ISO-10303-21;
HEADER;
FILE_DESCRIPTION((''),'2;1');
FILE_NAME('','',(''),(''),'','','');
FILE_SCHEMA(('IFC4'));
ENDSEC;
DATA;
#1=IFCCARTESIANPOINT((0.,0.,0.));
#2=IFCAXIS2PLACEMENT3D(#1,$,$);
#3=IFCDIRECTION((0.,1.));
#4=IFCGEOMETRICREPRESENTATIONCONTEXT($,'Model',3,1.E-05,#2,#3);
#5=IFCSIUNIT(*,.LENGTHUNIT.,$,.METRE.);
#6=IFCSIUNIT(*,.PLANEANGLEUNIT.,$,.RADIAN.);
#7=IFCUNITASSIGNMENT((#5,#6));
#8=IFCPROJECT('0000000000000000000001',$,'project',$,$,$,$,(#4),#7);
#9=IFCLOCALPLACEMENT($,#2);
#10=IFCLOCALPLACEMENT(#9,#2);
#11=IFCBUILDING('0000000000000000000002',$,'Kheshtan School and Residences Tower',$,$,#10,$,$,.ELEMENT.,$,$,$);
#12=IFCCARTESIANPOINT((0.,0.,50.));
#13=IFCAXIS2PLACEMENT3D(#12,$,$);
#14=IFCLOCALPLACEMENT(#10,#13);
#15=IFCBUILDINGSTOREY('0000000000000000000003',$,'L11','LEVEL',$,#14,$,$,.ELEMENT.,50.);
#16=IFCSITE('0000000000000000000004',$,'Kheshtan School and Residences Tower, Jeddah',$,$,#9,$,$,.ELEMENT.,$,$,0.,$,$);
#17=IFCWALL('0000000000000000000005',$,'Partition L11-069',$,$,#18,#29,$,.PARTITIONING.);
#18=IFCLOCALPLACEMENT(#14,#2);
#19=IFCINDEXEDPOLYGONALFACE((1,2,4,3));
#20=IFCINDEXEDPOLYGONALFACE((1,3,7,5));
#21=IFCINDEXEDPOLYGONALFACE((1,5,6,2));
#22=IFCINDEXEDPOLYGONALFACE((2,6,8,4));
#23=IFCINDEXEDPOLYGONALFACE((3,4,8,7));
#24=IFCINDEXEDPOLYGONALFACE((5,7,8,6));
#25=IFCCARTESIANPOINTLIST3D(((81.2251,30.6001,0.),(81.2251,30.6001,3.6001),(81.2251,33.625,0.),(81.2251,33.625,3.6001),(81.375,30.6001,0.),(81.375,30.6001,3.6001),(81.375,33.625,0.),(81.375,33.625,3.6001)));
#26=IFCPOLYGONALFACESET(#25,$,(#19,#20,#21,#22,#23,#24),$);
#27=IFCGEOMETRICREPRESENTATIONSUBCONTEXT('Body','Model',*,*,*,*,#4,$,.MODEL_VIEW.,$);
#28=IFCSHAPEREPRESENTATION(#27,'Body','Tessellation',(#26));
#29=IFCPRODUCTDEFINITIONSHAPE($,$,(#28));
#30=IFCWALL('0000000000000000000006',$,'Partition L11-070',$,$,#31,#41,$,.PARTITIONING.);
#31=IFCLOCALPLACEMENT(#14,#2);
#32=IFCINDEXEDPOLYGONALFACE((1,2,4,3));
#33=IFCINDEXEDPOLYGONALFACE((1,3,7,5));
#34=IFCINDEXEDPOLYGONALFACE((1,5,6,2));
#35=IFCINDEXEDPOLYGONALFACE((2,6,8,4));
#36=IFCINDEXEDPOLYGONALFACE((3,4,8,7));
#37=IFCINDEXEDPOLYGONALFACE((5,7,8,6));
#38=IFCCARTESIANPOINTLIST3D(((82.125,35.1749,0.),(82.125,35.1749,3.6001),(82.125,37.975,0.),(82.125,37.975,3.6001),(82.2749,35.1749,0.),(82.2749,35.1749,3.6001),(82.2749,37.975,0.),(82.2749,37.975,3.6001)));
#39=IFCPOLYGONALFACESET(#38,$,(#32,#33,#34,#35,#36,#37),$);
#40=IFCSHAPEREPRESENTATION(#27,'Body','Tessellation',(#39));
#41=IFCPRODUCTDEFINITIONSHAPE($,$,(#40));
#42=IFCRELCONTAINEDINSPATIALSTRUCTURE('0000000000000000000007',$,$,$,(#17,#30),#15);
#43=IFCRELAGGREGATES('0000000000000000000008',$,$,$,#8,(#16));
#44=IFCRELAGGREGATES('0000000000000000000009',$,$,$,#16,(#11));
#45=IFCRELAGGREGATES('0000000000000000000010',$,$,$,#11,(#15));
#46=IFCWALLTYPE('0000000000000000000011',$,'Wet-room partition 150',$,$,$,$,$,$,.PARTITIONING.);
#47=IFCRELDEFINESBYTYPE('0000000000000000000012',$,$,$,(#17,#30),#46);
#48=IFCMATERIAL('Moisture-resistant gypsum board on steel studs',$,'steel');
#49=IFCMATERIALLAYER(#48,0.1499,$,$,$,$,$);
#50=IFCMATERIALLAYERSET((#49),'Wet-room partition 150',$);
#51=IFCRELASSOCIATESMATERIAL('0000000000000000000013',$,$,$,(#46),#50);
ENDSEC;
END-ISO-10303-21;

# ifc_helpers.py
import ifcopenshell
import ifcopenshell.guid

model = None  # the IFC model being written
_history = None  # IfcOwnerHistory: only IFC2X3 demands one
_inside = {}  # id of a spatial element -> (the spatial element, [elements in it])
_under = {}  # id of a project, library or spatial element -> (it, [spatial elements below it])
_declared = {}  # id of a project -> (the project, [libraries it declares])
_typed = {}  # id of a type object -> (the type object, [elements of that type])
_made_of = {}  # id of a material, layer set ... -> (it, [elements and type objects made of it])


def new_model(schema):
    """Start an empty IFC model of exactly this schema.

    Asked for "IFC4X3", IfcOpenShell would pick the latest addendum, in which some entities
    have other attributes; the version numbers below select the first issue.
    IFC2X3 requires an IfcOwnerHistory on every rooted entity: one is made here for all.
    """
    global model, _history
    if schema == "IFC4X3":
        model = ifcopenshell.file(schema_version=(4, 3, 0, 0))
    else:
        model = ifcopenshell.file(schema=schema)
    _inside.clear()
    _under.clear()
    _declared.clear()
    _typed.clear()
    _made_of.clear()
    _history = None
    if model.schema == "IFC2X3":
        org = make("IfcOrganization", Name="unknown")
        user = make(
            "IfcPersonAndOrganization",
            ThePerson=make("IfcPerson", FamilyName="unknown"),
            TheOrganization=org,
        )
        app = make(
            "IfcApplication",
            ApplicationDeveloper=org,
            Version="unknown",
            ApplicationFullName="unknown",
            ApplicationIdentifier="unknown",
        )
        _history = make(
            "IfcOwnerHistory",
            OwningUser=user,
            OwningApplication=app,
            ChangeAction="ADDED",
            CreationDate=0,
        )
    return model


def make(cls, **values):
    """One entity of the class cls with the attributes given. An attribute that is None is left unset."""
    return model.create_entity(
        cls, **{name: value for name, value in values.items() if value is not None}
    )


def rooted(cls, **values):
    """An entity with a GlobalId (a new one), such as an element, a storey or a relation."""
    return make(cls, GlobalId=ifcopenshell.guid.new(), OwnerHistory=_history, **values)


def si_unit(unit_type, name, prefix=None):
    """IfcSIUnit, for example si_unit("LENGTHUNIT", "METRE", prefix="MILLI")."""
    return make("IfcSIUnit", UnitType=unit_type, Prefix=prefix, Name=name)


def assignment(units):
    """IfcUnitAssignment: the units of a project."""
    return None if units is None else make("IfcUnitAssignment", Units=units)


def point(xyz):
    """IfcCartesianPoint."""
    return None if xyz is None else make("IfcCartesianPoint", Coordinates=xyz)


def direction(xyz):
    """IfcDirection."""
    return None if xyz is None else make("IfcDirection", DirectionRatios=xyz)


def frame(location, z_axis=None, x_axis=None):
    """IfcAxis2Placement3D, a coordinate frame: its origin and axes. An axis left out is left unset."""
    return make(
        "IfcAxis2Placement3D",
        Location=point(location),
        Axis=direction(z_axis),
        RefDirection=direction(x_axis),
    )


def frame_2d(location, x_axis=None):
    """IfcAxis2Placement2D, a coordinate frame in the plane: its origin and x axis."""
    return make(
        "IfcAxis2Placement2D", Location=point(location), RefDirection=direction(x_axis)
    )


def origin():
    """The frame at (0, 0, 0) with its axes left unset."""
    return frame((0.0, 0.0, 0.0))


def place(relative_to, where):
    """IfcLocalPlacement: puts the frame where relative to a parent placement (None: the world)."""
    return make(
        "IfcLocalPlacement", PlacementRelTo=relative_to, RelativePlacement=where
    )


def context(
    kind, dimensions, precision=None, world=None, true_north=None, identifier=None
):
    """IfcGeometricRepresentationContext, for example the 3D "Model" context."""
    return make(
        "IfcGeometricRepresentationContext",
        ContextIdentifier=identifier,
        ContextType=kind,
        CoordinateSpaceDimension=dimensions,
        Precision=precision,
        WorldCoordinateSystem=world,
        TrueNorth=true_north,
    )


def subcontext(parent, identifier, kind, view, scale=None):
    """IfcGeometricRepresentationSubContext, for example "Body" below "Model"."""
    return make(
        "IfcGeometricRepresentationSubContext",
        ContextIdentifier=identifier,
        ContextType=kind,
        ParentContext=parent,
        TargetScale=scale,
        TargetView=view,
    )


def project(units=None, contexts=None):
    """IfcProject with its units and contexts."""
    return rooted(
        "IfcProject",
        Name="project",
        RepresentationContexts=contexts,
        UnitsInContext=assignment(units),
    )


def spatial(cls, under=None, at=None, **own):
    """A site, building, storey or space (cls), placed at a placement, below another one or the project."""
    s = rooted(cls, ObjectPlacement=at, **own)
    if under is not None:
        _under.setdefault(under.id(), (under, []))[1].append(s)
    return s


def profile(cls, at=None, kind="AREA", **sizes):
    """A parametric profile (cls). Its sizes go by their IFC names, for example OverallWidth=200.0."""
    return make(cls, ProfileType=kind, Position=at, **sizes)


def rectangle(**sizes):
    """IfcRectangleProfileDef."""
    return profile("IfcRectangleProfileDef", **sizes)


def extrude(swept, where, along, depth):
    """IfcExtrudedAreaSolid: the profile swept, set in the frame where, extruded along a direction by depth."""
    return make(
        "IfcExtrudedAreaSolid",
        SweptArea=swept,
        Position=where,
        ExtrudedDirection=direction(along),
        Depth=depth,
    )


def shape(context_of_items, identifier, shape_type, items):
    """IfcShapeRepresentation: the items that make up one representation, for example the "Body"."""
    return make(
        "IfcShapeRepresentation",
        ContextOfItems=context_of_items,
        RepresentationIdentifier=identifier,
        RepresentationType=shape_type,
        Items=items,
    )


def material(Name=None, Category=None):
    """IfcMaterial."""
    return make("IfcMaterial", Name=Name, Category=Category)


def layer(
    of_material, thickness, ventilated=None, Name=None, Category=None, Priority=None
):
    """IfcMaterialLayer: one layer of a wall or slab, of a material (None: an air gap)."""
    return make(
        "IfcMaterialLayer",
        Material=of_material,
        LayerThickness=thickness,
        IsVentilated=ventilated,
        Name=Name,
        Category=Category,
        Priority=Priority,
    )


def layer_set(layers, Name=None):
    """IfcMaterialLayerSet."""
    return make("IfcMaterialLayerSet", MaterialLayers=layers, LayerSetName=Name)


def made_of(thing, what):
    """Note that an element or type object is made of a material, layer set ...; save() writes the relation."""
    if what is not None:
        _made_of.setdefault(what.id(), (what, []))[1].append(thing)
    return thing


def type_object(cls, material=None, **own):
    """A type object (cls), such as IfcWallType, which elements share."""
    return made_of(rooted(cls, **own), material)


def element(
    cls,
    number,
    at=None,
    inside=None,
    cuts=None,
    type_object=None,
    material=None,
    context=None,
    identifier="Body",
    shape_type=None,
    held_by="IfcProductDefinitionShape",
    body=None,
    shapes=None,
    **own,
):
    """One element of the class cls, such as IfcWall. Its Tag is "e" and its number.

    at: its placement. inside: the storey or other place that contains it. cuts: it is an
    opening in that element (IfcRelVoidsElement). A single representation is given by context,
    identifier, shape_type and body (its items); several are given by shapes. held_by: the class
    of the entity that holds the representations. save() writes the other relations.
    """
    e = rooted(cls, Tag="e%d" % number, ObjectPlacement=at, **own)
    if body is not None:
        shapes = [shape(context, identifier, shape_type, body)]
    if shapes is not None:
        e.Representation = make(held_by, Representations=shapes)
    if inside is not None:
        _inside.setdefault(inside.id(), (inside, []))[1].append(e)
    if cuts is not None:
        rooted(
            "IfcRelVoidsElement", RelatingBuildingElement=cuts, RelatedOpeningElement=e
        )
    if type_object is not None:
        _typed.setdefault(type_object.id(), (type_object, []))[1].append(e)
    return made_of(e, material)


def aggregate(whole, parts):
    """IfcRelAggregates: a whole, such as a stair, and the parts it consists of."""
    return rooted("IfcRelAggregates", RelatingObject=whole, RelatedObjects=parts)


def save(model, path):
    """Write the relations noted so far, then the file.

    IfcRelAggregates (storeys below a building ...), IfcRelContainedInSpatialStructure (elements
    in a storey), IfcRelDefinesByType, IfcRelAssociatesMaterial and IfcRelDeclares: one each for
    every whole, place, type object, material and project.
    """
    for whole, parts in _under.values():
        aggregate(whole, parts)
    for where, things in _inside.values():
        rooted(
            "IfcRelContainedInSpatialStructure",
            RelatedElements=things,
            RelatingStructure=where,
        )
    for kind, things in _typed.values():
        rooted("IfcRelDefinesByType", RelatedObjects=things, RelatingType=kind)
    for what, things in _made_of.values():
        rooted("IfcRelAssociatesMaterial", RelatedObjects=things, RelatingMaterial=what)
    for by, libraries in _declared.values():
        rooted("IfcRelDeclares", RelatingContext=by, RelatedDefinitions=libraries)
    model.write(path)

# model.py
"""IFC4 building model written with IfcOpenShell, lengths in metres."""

from ifc_helpers import new_model, si_unit, direction, frame, frame_2d, origin, place, context, subcontext, project, spatial, rectangle, extrude, material, layer, layer_set, type_object, element, save


model = new_model("IFC4")

# Units and contexts
model_context = context("Model", 3, precision=1e-05, world=origin(), true_north=direction((0.0, 1.0)))
body_context = subcontext(model_context, "Body", "Model", "MODEL_VIEW")
ifc_project = project(units=[si_unit("LENGTHUNIT", "METRE"), si_unit("PLANEANGLEUNIT", "RADIAN")], contexts=[model_context])

# Site, building, storey
site_placement = place(None, origin())
site = spatial("IfcSite", under=ifc_project, at=site_placement, Name="Kheshtan School and Residences Tower, Jeddah", CompositionType="ELEMENT", RefElevation=0.0)
building_placement = place(site_placement, origin())
building = spatial("IfcBuilding", under=site, at=building_placement, Name="Kheshtan School and Residences Tower", CompositionType="ELEMENT")
storey_placement = place(building_placement, frame((0.0, 0.0, 50.0)))
storey = spatial("IfcBuildingStorey", under=building, at=storey_placement, Name="L11", Description="LEVEL", CompositionType="ELEMENT", Elevation=50.0)

# Shared definitions
ifc_material_1 = material(Name="Moisture-resistant gypsum board on steel studs", Category="steel")
ifc_layer_1 = layer(ifc_material_1, 0.1499)
ifc_layer_set_1 = layer_set([ifc_layer_1], Name="Wet-room partition 150")
wall_type_1 = type_object("IfcWallType", Name="Wet-room partition 150", PredefinedType="PARTITIONING", material=ifc_layer_set_1)

# Walls
wall_1_placement = place(storey_placement, frame((81.3, 30.6001, 0.0), z_axis=(0.0, 0.0, 1.0), x_axis=(0.0, 1.0, 0.0)))
element("IfcWall", 1, at=wall_1_placement, inside=storey, type_object=wall_type_1, Name="Partition L11-069", PredefinedType="PARTITIONING", context=body_context, shape_type="SweptSolid", body=[
    extrude(rectangle(XDim=3.0249, YDim=0.1499, at=frame_2d((1.5125, 0.0))), origin(), (0.0, 0.0, 1.0), 3.6001),
])
wall_2_placement = place(storey_placement, frame((82.2, 35.175, 0.0), z_axis=(0.0, 0.0, 1.0), x_axis=(0.0, 1.0, 0.0)))
element("IfcWall", 2, at=wall_2_placement, inside=storey, type_object=wall_type_1, Name="Partition L11-070", PredefinedType="PARTITIONING", context=body_context, shape_type="SweptSolid", body=[
    extrude(rectangle(XDim=2.8, YDim=0.1499, at=frame_2d((1.3999, 0.0))), origin(), (0.0, 0.0, 1.0), 3.6001),
])

save(model, "model.ifc")
